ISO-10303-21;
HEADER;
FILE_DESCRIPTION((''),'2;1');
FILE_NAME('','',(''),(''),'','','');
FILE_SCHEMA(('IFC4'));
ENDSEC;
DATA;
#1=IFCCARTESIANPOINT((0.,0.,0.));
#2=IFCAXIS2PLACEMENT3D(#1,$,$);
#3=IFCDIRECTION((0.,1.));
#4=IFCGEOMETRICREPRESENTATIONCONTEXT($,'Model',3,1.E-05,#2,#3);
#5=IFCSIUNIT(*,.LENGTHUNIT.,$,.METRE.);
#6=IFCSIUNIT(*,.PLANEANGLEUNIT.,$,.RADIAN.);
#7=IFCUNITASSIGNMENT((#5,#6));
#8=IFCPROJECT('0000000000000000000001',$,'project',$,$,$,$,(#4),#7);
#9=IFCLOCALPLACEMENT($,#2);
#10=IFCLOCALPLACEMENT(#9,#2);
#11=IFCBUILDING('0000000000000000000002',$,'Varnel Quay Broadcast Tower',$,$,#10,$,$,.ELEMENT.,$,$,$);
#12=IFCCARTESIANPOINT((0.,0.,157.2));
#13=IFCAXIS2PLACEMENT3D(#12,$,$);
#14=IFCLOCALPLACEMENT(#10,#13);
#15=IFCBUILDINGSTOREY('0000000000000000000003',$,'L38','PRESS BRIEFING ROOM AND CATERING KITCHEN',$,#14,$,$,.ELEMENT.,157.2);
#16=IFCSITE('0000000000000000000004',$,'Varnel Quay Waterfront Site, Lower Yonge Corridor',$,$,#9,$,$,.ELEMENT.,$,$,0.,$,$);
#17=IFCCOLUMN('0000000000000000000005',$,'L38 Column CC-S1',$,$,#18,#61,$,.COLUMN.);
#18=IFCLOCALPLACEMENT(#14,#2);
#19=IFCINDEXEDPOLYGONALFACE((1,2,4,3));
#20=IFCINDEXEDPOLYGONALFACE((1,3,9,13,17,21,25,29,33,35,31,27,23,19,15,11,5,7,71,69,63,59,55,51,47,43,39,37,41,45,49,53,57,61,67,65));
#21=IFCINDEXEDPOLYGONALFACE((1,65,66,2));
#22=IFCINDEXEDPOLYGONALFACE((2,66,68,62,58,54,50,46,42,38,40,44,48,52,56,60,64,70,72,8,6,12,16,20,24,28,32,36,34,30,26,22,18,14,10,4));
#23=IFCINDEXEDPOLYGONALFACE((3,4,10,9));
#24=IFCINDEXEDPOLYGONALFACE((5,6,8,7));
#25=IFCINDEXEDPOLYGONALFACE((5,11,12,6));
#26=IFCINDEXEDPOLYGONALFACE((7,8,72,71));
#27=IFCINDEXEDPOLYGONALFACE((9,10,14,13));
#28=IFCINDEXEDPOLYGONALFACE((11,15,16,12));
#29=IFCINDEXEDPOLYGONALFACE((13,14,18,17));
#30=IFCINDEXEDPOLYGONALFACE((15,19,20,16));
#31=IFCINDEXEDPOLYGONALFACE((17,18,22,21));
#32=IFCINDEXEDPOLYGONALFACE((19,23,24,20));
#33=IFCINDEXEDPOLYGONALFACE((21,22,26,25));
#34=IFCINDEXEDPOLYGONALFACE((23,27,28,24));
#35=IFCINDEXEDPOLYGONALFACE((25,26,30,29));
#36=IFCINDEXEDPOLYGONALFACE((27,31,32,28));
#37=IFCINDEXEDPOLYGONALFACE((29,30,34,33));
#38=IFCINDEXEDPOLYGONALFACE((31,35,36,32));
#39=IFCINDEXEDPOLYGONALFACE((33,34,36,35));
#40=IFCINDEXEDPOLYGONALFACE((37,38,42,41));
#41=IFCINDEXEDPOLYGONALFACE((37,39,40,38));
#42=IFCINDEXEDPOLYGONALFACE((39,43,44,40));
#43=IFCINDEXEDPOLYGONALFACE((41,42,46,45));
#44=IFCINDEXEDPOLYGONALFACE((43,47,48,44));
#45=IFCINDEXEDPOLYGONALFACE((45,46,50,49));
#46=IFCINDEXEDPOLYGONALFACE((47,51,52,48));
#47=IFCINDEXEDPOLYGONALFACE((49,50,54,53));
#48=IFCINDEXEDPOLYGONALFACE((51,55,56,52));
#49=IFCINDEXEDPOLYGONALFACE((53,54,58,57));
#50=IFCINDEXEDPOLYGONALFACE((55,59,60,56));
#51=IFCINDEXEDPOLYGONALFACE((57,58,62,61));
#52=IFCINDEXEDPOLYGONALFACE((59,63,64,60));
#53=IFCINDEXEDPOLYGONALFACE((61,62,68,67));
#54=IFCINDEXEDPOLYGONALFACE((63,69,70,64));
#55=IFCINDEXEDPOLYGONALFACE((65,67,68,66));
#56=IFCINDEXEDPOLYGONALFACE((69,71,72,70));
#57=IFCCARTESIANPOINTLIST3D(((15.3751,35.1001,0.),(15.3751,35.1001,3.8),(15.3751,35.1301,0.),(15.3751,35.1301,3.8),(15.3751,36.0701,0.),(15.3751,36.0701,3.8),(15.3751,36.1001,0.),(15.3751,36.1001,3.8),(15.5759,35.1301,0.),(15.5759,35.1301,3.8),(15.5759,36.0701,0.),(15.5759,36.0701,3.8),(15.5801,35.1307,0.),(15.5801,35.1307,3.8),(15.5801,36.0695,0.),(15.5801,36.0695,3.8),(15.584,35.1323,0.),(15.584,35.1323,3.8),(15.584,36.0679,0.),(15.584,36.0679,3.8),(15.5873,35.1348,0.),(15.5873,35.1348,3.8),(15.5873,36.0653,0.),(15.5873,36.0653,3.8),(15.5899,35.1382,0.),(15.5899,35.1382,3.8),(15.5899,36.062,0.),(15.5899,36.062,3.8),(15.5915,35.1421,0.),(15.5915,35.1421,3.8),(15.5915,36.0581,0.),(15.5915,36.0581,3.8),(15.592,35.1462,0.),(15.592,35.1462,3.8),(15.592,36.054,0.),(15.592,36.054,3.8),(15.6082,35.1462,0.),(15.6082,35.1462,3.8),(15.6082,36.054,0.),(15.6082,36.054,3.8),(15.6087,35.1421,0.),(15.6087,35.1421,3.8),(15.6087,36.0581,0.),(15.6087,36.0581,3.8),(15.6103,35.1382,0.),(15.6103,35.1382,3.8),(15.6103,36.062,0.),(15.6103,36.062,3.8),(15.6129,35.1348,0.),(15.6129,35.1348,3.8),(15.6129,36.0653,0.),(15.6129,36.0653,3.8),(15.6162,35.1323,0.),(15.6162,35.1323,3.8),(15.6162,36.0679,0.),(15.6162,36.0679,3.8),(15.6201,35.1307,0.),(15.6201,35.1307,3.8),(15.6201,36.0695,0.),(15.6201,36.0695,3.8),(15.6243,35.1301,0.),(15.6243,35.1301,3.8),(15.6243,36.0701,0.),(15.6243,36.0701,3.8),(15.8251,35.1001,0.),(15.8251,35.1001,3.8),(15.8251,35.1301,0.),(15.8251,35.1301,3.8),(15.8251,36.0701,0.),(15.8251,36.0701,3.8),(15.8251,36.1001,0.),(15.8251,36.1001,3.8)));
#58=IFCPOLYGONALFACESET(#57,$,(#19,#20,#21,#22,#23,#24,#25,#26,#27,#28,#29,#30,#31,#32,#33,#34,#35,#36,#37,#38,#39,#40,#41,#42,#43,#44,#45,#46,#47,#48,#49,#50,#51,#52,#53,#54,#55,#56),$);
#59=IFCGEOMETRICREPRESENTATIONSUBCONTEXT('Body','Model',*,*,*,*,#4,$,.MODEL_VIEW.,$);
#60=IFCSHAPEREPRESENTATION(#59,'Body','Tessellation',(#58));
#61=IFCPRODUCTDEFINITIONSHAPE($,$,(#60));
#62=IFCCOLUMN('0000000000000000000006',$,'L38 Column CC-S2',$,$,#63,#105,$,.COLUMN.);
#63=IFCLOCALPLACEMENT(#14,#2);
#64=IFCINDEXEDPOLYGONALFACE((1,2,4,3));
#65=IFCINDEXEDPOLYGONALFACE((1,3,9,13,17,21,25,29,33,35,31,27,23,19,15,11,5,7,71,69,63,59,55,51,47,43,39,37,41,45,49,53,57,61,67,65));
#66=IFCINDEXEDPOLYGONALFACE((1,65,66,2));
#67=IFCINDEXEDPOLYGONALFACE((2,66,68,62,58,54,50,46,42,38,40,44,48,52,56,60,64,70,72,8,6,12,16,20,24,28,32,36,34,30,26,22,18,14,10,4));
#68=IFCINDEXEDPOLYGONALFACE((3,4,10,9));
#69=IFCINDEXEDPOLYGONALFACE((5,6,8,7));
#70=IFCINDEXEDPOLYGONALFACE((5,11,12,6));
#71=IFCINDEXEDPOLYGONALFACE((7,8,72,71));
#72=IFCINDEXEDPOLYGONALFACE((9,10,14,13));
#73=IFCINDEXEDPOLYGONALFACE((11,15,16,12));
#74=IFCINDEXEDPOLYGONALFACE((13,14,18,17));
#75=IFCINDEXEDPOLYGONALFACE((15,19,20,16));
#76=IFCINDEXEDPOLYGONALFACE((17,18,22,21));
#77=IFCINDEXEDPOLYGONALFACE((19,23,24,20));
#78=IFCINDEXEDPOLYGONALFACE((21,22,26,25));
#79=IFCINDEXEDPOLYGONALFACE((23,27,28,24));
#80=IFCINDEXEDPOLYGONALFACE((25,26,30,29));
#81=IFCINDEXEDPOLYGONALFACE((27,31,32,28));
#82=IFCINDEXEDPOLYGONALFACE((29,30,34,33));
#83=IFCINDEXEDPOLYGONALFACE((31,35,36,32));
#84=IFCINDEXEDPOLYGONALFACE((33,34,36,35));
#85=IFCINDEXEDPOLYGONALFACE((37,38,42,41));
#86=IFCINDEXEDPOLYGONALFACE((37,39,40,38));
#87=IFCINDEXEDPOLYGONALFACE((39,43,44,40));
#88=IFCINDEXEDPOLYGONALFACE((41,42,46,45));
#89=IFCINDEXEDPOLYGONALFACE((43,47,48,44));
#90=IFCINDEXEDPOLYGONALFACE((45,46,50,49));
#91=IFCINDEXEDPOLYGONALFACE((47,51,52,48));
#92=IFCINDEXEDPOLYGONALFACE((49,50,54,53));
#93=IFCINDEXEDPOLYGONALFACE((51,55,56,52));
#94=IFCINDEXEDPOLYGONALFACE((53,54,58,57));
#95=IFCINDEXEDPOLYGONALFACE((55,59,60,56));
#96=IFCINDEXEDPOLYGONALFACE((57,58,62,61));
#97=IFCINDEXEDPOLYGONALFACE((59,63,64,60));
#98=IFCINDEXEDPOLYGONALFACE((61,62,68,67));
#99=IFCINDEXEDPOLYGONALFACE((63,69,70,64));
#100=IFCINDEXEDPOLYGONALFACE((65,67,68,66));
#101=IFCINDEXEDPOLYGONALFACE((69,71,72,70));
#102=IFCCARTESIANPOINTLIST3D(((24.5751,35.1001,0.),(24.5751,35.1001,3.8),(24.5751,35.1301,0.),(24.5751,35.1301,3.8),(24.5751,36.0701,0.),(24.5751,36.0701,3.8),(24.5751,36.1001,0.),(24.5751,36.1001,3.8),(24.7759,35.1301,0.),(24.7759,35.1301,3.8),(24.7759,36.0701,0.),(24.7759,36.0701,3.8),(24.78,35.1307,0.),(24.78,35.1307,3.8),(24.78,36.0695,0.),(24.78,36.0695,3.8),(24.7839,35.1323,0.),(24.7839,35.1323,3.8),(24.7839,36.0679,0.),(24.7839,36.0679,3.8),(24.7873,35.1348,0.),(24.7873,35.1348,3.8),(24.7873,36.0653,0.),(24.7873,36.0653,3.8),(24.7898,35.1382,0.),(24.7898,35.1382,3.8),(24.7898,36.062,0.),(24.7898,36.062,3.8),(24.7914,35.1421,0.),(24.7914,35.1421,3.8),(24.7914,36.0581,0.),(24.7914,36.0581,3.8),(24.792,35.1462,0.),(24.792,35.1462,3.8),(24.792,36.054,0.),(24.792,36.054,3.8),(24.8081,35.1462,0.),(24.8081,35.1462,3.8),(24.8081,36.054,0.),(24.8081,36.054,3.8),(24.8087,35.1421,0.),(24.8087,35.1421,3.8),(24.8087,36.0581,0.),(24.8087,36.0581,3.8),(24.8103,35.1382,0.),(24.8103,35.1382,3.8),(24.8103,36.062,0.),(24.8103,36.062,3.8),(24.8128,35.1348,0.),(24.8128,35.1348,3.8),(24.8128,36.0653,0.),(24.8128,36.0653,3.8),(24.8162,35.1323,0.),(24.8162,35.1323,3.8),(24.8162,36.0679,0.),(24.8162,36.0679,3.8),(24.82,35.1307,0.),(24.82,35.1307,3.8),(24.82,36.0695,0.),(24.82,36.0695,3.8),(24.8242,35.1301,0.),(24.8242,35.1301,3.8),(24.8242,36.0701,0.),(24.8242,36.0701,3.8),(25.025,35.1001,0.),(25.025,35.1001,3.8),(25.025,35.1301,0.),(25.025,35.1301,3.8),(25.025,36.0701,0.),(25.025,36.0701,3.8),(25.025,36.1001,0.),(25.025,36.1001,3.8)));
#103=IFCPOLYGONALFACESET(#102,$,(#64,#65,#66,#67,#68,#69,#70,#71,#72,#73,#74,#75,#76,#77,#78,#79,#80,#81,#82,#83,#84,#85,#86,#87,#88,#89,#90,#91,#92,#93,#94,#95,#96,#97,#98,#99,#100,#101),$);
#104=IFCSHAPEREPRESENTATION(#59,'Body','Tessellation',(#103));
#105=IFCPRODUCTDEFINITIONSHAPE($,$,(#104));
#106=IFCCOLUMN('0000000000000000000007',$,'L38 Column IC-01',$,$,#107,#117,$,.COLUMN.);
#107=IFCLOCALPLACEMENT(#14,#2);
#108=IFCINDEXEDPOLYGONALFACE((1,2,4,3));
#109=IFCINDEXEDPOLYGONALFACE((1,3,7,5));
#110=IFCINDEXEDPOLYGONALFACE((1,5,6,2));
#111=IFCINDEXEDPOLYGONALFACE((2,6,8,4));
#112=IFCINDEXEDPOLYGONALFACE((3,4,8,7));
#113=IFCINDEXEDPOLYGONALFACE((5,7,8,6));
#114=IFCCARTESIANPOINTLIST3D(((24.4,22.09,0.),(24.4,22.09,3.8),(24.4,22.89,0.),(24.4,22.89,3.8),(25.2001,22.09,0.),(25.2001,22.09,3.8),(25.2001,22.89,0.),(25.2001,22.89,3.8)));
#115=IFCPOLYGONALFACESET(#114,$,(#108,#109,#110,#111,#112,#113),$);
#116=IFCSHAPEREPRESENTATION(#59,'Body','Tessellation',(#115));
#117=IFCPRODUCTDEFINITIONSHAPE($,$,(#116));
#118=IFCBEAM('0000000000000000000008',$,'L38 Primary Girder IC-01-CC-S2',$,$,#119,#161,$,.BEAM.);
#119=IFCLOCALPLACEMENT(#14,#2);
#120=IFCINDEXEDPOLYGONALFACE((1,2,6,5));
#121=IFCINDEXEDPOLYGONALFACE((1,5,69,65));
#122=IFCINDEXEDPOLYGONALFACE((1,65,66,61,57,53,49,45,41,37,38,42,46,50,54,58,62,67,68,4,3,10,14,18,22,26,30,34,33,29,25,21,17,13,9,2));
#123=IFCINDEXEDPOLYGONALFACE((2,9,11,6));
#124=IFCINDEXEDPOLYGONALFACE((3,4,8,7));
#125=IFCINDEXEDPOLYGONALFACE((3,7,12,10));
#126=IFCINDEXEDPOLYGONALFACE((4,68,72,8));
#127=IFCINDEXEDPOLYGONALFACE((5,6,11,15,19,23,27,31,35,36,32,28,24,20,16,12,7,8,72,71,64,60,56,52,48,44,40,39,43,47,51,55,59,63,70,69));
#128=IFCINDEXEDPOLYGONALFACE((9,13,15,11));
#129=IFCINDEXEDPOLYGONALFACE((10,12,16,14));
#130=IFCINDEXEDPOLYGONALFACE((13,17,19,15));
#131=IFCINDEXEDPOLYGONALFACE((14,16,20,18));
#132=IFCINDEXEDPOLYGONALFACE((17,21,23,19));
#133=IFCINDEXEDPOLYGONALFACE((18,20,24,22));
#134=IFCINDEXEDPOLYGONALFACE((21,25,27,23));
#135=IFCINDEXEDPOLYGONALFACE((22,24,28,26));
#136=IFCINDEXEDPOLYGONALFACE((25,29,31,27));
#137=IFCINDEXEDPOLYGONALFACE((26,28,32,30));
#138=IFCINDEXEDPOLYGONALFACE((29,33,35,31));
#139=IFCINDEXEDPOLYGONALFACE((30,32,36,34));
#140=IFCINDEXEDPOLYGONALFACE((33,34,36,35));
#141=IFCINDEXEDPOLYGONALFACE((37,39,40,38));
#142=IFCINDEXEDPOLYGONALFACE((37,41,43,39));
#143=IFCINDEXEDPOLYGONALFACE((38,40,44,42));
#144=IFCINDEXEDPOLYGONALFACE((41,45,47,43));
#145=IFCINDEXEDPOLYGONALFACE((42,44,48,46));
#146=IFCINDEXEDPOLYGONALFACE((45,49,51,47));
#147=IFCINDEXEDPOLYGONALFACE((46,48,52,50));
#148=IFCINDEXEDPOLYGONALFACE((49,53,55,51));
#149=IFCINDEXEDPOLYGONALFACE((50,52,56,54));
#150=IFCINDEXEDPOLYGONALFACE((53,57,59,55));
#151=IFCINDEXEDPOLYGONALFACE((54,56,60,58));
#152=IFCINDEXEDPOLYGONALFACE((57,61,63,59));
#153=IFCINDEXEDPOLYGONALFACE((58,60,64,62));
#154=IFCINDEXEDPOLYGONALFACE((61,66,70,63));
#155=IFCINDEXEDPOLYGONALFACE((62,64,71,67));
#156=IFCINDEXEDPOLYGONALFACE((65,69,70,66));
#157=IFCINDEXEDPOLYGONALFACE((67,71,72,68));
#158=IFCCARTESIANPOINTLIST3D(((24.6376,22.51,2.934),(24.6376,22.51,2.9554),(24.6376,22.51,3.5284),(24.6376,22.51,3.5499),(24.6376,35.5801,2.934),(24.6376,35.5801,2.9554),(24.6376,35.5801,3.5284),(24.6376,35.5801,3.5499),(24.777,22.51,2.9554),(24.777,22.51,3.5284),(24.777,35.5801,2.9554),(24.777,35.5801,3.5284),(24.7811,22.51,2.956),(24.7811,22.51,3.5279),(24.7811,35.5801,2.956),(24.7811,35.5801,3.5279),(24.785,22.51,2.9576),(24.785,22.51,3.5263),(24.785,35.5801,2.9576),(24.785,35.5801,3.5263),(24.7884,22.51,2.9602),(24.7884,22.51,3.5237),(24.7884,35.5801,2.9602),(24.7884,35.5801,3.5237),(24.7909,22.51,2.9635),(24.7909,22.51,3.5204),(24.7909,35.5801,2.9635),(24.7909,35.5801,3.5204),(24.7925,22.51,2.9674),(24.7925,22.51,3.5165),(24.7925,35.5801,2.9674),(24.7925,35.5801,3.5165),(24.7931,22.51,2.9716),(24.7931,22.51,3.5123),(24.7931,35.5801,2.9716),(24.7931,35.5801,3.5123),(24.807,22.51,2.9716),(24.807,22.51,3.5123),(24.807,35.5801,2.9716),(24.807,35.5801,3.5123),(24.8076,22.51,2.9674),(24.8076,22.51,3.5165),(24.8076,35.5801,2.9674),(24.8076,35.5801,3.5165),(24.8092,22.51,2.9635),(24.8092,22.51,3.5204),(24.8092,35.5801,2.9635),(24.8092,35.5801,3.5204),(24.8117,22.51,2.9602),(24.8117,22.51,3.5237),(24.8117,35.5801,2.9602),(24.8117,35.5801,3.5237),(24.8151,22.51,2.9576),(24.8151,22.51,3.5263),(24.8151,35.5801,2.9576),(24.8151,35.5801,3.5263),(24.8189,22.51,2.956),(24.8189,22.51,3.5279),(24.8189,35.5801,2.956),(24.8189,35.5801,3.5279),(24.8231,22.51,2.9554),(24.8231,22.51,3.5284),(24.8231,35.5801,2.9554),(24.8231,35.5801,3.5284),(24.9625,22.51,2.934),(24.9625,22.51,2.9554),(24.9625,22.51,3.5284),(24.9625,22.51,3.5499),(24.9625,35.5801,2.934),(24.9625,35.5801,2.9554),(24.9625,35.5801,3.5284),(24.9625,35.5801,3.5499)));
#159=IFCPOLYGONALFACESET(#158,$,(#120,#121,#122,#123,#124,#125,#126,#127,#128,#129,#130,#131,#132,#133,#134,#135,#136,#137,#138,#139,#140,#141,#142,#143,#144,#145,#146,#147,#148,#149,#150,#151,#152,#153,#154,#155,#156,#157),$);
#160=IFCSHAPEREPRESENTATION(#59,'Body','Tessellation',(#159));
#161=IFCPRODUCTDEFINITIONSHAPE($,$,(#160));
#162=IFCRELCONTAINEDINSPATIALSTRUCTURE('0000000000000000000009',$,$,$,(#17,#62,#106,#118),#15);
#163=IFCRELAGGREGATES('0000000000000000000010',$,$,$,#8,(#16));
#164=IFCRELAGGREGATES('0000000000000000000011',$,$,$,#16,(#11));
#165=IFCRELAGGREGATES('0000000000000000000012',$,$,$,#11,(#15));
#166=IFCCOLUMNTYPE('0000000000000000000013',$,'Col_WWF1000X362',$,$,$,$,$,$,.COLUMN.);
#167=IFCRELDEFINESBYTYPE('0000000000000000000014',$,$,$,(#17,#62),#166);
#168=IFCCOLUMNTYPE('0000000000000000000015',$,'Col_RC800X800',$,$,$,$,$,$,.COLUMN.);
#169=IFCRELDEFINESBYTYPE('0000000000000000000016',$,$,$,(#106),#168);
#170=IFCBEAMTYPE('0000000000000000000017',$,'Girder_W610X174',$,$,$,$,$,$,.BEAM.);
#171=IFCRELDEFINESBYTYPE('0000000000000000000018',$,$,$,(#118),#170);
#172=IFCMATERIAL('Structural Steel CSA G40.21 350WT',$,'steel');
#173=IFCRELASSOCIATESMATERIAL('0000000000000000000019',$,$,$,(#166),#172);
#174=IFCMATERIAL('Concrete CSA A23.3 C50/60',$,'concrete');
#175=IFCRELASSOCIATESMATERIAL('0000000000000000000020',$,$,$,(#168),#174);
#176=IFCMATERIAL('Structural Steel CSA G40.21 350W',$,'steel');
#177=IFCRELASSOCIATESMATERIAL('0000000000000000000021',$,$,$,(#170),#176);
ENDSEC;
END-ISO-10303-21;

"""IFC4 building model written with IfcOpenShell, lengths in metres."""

from ifc_helpers import new_model, si_unit, direction, frame, origin, origin_2d, place, context, subcontext, project, spatial, rectangle, i_section, extrude, source, transform, mapped, material, material_profile, profile_set, type_object, type_shapes, element, save


model = new_model("IFC4")

# Units and contexts
model_context = context("Model", 3, precision=1e-05, world=origin(), true_north=direction((0.0, 1.0)))
body_context = subcontext(model_context, "Body", "Model", "MODEL_VIEW")
ifc_project = project(units=[si_unit("LENGTHUNIT", "METRE"), si_unit("PLANEANGLEUNIT", "RADIAN")], contexts=[model_context])

# Site, building, storey
site_placement = place(None, origin())
site = spatial("IfcSite", under=ifc_project, at=site_placement, Name="Varnel Quay Waterfront Site, Lower Yonge Corridor", CompositionType="ELEMENT", RefElevation=0.0)
building_placement = place(site_placement, origin())
building = spatial("IfcBuilding", under=site, at=building_placement, Name="Varnel Quay Broadcast Tower", CompositionType="ELEMENT")
storey_placement = place(building_placement, frame((0.0, 0.0, 157.2)))
storey = spatial("IfcBuildingStorey", under=building, at=storey_placement, Name="L38", Description="PRESS BRIEFING ROOM AND CATERING KITCHEN", CompositionType="ELEMENT", Elevation=157.2)

# Columns
ifc_material_1 = material(Name="Structural Steel CSA G40.21 350WT", Category="steel")
ifc_material_profile_1 = material_profile(ifc_material_1, i_section(OverallWidth=0.45, OverallDepth=1.0, WebThickness=0.0161, FlangeThickness=0.03, FilletRadius=0.0161, at=origin_2d()), Name="WWF1000X362")
ifc_profile_set_1 = profile_set([ifc_material_profile_1], Name="Structural Steel CSA G40.21 350WT")
column_type_1 = type_object("IfcColumnType", Name="Col_WWF1000X362", PredefinedType="COLUMN", material=ifc_profile_set_1)
shared_shape_1 = source(origin(), body_context, "Body", "SweptSolid", [
    extrude(i_section(OverallWidth=0.45, OverallDepth=1.0, WebThickness=0.0161, FlangeThickness=0.03, FilletRadius=0.0161, at=origin_2d()), origin(), (0.0, 0.0, 1.0), 3.8),
])
type_shapes(column_type_1, [shared_shape_1])
for number, where, z_axis, x_axis, name in (
    (1, (15.6001, 35.6001, 0.0), (0.0, 0.0, 1.0), (1.0, 0.0, 0.0), "L38 Column CC-S1"),
    (2, (24.8, 35.6001, 0.0), (0.0, 0.0, 1.0), (1.0, 0.0, 0.0), "L38 Column CC-S2"),
):
    element("IfcColumn", number, at=place(storey_placement, frame(where, z_axis=z_axis, x_axis=x_axis)), inside=storey, type_object=column_type_1, Name=name, PredefinedType="COLUMN", context=body_context, shape_type="MappedRepresentation", body=[
        mapped(shared_shape_1, transform((0.0, 0.0, 0.0), x_axis=(1.0, 0.0, 0.0), y_axis=(0.0, 1.0, 0.0), z_axis=(0.0, 0.0, 1.0), scale=1.0)),
    ])
ifc_material_2 = material(Name="Concrete CSA A23.3 C50/60", Category="concrete")
ifc_material_profile_2 = material_profile(ifc_material_2, rectangle(XDim=0.8, YDim=0.8, at=origin_2d()), Name="RC800X800")
ifc_profile_set_2 = profile_set([ifc_material_profile_2], Name="Concrete CSA A23.3 C50/60")
column_type_2 = type_object("IfcColumnType", Name="Col_RC800X800", PredefinedType="COLUMN", material=ifc_profile_set_2)
shared_shape_2 = source(origin(), body_context, "Body", "SweptSolid", [
    extrude(rectangle(XDim=0.8, YDim=0.8, at=origin_2d()), origin(), (0.0, 0.0, 1.0), 3.8),
])
type_shapes(column_type_2, [shared_shape_2])
column_placement = place(storey_placement, frame((24.8, 22.49, 0.0), z_axis=(0.0, 0.0, 1.0), x_axis=(1.0, 0.0, 0.0)))
element("IfcColumn", 3, at=column_placement, inside=storey, type_object=column_type_2, Name="L38 Column IC-01", PredefinedType="COLUMN", context=body_context, shape_type="MappedRepresentation", body=[
    mapped(shared_shape_2, transform((0.0, 0.0, 0.0), x_axis=(1.0, 0.0, 0.0), y_axis=(0.0, 1.0, 0.0), z_axis=(0.0, 0.0, 1.0), scale=1.0)),
])

# Beam
ifc_material_3 = material(Name="Structural Steel CSA G40.21 350W", Category="steel")
ifc_material_profile_3 = material_profile(ifc_material_3, i_section(OverallWidth=0.325, OverallDepth=0.616, WebThickness=0.0139, FlangeThickness=0.0215, FilletRadius=0.0161, at=origin_2d()), Name="W610X174")
ifc_profile_set_3 = profile_set([ifc_material_profile_3], Name="Structural Steel CSA G40.21 350W")
beam_type_1 = type_object("IfcBeamType", Name="Girder_W610X174", PredefinedType="BEAM", material=ifc_profile_set_3)
shared_shape_3 = source(origin(), body_context, "Body", "SweptSolid", [
    extrude(i_section(OverallWidth=0.325, OverallDepth=0.616, WebThickness=0.0139, FlangeThickness=0.0215, FilletRadius=0.0161, at=origin_2d()), origin(), (0.0, 0.0, 1.0), 13.0701),
])
beam_1_placement = place(storey_placement, frame((24.8, 22.51, 3.2419), z_axis=(0.0, 1.0, 0.0), x_axis=(-1.0, 0.0, 0.0)))
element("IfcBeam", 4, at=beam_1_placement, inside=storey, type_object=beam_type_1, Name="L38 Primary Girder IC-01-CC-S2", PredefinedType="BEAM", context=body_context, shape_type="MappedRepresentation", body=[
    mapped(shared_shape_3, transform((0.0, 0.0, 0.0), x_axis=(1.0, 0.0, 0.0), y_axis=(0.0, 1.0, 0.0), z_axis=(0.0, 0.0, 1.0), scale=1.0)),
])

save(model, "model.ifc")
